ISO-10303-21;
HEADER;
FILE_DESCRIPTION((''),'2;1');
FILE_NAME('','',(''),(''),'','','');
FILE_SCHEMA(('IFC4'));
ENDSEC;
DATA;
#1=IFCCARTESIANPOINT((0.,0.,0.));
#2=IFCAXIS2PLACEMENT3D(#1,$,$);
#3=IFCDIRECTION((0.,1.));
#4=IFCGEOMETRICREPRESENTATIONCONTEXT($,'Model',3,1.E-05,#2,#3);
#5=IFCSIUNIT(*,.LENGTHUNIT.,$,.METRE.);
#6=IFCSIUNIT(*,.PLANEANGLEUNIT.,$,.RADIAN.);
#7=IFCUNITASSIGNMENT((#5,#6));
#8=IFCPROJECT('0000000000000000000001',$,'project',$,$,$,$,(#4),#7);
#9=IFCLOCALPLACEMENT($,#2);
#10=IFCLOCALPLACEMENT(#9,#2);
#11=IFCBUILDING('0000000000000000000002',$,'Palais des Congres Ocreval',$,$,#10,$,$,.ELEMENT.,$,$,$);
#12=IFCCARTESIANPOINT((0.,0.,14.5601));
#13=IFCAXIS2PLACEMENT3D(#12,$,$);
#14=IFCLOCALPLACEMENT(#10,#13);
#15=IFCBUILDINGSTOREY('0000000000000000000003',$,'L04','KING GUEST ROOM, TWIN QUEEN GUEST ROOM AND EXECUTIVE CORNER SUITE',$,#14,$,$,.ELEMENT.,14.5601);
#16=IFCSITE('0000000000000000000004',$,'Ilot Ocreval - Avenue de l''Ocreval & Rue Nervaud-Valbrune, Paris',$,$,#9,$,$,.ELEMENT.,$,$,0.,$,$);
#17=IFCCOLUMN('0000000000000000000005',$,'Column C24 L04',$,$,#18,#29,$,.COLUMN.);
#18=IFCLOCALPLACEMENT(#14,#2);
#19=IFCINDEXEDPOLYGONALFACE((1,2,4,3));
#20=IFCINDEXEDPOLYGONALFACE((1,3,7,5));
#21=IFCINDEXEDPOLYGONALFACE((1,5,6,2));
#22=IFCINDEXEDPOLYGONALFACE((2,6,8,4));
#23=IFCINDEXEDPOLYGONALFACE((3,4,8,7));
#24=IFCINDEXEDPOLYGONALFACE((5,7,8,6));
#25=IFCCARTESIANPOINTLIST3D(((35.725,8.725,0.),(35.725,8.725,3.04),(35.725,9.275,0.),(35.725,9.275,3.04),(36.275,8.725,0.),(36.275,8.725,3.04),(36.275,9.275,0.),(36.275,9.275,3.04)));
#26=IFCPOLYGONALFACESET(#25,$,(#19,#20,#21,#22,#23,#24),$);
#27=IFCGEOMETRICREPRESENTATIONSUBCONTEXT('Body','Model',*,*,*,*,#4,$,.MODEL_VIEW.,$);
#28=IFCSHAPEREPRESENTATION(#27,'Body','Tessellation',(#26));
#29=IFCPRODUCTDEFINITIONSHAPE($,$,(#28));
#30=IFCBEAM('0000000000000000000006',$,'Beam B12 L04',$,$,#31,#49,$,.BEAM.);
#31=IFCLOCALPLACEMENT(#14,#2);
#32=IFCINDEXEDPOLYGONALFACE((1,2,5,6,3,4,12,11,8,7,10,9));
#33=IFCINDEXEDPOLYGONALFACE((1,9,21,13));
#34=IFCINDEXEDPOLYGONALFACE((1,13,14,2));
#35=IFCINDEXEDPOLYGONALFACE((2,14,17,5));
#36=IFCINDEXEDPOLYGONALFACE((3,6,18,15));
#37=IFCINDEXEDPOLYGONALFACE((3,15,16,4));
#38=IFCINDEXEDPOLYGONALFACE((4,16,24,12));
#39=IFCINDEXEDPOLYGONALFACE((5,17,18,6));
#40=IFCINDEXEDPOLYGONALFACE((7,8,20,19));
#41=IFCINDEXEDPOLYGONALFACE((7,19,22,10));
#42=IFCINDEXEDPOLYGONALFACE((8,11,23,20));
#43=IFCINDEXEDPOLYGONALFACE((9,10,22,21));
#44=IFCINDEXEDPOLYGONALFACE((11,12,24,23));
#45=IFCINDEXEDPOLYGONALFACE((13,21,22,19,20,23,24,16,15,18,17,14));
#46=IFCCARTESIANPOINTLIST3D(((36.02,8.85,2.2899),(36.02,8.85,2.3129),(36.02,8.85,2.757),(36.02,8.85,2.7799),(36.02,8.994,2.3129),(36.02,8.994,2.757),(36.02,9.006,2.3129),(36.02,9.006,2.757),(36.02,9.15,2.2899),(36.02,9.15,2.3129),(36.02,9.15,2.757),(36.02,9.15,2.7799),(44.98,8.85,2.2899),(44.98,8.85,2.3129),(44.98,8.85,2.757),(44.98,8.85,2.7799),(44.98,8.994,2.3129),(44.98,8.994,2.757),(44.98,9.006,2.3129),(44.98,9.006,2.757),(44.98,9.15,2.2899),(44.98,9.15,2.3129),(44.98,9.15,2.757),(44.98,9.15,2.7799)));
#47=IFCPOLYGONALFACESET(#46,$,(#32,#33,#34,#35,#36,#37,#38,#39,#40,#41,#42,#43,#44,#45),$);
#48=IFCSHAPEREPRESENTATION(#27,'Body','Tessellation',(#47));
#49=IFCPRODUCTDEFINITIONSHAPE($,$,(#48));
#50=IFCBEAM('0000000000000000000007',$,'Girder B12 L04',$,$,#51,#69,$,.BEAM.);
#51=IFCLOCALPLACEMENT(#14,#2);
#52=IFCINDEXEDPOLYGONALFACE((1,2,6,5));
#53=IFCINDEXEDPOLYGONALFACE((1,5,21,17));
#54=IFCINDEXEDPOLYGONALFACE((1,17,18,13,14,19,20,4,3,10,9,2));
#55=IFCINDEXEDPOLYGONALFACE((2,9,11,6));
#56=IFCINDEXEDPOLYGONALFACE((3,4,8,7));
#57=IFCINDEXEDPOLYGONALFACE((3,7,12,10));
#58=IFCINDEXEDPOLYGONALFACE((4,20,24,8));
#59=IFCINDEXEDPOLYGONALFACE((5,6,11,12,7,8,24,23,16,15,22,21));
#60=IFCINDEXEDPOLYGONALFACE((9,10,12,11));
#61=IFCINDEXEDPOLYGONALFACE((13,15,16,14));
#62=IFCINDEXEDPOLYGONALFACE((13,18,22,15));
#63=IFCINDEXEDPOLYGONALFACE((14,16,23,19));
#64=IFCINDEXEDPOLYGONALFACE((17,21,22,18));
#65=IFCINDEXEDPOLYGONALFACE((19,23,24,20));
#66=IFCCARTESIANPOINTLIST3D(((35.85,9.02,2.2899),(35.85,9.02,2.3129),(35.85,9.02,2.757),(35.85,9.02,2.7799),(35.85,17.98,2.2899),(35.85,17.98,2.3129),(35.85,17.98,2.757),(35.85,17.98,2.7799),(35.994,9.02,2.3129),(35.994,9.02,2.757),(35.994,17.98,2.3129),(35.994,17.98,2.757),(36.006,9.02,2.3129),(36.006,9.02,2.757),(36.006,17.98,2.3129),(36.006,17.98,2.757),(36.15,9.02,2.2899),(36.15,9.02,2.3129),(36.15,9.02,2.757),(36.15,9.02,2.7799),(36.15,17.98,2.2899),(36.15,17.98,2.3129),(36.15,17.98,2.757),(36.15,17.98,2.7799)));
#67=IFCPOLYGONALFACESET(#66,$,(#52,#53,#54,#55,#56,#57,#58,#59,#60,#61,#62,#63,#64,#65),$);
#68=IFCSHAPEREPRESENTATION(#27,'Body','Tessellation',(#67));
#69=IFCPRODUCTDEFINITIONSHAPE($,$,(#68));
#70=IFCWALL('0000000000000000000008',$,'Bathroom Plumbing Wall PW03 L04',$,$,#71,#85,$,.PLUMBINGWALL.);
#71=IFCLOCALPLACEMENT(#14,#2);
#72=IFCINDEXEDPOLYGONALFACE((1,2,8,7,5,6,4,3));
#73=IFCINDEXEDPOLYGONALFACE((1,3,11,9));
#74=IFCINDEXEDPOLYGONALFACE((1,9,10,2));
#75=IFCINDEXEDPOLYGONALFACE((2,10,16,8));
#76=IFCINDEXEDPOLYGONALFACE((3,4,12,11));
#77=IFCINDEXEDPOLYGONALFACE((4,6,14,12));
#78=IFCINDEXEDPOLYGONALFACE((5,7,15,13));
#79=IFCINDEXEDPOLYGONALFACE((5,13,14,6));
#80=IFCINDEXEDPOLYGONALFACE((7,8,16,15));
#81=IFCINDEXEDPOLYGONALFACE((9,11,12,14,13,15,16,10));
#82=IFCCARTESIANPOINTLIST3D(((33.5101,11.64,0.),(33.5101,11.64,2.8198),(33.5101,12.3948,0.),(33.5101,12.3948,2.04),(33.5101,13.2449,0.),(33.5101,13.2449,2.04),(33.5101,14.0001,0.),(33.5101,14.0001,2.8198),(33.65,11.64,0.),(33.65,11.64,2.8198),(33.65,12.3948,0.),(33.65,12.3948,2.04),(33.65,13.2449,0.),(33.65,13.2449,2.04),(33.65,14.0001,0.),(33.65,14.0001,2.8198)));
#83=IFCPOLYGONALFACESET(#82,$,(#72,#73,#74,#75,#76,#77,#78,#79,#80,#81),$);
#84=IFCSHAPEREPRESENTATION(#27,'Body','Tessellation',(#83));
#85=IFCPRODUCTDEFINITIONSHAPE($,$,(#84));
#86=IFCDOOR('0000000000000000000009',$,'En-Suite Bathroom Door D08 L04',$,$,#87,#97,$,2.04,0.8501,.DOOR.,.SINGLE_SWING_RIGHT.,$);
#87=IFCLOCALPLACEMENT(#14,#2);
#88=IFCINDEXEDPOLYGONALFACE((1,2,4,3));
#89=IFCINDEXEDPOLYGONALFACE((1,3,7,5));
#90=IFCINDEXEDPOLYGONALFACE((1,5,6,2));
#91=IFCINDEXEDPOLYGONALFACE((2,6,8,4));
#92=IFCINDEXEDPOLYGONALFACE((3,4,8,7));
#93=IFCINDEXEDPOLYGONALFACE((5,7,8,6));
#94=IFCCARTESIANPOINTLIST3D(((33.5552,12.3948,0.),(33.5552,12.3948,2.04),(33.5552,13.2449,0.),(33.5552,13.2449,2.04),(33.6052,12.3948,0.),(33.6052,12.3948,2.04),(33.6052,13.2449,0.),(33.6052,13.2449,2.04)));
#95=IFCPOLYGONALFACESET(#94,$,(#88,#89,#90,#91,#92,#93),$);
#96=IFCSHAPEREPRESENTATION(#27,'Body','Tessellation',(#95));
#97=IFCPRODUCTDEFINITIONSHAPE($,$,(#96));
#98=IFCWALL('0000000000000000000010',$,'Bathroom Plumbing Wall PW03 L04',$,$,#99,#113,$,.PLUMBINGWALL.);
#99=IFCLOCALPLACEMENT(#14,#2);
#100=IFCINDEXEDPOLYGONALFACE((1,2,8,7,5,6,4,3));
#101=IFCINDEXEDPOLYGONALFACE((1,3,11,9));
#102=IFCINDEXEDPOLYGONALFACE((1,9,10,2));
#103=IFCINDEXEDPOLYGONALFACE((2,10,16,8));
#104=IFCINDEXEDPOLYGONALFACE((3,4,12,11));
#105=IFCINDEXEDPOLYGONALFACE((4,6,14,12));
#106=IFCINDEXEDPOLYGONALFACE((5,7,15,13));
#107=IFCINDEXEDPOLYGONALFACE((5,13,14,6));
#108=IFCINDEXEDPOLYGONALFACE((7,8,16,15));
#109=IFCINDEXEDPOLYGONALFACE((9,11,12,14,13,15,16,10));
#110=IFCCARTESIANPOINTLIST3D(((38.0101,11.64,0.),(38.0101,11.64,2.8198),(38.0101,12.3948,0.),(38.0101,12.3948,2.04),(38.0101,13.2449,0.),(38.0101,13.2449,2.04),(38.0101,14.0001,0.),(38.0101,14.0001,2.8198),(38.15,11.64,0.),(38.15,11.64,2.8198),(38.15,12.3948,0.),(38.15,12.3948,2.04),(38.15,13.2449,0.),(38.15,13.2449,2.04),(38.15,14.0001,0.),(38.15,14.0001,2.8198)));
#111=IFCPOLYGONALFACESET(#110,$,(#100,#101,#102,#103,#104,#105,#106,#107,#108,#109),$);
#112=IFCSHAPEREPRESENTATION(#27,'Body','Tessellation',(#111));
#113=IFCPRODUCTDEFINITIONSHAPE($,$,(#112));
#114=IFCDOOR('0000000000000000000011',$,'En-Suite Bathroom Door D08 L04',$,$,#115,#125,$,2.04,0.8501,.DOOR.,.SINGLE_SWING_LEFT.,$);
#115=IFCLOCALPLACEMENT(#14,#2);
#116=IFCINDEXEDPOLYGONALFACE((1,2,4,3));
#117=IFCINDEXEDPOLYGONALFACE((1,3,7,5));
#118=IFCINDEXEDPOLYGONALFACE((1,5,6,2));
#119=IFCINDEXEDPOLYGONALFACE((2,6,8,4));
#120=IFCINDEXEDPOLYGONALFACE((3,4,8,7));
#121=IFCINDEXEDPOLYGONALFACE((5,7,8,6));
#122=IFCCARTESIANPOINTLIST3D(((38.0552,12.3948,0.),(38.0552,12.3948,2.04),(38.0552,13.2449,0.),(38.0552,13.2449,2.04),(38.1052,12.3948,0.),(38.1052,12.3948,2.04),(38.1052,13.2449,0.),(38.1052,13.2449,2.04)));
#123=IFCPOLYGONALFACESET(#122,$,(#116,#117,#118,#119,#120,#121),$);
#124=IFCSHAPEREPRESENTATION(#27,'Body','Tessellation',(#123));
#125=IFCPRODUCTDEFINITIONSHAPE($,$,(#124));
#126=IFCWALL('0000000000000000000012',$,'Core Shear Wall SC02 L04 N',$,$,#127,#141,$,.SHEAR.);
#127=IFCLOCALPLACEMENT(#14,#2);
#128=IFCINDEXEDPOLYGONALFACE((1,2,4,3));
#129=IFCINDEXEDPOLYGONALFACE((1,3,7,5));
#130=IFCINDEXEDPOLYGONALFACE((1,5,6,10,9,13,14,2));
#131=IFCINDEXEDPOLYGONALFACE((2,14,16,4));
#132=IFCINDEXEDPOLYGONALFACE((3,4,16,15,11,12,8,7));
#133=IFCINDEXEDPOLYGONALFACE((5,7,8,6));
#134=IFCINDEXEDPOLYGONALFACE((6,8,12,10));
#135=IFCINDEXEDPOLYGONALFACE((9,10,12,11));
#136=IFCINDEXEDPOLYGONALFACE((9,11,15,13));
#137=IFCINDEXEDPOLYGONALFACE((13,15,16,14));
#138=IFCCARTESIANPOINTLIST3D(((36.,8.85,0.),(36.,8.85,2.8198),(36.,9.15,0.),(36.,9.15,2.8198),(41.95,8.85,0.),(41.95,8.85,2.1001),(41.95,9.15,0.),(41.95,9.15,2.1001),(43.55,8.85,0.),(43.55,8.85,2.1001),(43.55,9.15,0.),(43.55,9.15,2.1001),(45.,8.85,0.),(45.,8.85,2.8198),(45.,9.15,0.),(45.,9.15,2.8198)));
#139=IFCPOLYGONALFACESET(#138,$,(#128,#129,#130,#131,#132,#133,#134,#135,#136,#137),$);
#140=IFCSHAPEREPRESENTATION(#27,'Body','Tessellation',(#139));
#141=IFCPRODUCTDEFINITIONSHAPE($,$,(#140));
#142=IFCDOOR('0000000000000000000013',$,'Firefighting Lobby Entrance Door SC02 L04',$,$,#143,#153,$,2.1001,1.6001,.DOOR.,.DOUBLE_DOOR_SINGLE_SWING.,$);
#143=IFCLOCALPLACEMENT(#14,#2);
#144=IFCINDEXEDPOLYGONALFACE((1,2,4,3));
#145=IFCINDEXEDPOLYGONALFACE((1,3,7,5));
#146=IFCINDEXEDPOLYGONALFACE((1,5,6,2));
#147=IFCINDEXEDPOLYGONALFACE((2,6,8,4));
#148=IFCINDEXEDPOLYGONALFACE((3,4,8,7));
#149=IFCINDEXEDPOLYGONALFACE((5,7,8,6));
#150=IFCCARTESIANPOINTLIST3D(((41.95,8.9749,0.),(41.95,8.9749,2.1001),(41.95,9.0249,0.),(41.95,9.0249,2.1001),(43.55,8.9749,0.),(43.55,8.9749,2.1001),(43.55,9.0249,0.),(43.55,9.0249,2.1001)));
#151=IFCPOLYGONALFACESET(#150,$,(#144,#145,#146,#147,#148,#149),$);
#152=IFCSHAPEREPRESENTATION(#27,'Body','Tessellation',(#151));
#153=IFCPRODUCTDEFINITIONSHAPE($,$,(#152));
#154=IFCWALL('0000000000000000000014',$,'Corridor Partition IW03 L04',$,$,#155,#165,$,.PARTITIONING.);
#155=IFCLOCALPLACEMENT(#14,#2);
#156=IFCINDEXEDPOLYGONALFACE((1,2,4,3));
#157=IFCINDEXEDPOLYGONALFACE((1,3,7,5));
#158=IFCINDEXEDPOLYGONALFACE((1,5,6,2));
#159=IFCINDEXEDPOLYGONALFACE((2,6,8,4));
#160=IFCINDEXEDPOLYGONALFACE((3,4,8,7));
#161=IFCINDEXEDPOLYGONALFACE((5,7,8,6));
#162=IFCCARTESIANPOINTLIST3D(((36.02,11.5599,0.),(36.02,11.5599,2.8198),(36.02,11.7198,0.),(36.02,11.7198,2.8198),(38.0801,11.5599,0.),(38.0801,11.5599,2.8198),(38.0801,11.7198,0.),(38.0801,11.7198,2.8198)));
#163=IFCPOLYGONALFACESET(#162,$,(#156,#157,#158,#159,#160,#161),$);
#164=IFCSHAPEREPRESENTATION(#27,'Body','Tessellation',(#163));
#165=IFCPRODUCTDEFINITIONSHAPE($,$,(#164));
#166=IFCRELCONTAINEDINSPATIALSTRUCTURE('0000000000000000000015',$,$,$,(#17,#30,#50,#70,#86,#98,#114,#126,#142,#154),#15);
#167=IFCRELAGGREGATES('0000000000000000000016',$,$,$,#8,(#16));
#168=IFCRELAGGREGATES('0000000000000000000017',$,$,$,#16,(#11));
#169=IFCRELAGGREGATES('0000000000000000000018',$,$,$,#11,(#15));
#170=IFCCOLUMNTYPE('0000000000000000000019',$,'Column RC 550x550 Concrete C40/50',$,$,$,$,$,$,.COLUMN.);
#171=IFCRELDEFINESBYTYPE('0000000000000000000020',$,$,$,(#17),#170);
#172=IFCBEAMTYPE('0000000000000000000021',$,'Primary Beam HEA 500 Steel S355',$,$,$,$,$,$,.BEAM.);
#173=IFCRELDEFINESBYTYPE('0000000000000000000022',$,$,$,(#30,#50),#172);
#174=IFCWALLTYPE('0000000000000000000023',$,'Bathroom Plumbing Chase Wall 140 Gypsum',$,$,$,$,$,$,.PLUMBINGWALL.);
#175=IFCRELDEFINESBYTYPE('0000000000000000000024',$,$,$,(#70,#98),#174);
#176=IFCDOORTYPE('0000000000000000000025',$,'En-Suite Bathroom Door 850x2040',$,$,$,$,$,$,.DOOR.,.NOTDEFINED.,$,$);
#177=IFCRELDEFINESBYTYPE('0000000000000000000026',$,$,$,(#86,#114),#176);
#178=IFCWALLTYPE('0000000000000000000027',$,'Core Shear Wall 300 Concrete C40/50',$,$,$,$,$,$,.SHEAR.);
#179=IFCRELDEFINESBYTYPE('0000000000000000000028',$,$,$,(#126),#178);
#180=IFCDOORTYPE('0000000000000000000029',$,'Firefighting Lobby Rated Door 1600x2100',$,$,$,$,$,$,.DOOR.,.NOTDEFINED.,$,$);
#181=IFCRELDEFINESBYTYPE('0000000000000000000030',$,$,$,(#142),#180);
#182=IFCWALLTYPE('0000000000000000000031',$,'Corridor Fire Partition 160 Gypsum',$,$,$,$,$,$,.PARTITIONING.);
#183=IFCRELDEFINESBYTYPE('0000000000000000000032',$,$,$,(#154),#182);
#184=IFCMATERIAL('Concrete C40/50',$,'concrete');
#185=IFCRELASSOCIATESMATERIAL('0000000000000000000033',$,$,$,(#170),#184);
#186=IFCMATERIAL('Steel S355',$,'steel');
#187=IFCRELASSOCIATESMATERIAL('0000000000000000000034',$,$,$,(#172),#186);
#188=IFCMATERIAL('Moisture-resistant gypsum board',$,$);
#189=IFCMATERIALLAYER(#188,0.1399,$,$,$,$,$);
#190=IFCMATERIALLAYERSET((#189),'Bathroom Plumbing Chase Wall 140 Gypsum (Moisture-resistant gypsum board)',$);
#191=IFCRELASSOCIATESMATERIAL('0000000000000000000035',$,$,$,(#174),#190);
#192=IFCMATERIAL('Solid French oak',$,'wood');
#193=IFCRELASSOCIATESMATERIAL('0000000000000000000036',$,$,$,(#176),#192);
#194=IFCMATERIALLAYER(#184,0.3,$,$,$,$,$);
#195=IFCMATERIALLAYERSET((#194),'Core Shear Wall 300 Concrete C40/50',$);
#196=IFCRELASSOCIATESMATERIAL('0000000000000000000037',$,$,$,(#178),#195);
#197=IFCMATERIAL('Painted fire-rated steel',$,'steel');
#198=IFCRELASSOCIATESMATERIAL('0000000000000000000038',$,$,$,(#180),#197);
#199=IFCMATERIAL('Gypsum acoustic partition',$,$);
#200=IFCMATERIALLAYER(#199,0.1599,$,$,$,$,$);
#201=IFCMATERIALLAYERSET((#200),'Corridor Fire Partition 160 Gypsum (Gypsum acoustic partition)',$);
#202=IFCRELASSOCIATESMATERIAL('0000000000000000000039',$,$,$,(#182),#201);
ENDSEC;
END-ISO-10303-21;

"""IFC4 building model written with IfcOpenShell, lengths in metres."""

from ifc_helpers import new_model, si_unit, direction, frame, frame_2d, origin, origin_2d, place, context, subcontext, project, spatial, rectangle, i_section, extrude, material, layer, layer_set, material_profile, profile_set, type_object, element, fill, save


model = new_model("IFC4")

# Units and contexts
model_context = context("Model", 3, precision=1e-05, world=origin(), true_north=direction((0.0, 1.0)))
body_context = subcontext(model_context, "Body", "Model", "MODEL_VIEW")
ifc_project = project(units=[si_unit("LENGTHUNIT", "METRE"), si_unit("PLANEANGLEUNIT", "RADIAN")], contexts=[model_context])

# Site, building, storey
site_placement = place(None, origin())
site = spatial("IfcSite", under=ifc_project, at=site_placement, Name="Ilot Ocreval - Avenue de l'Ocreval & Rue Nervaud-Valbrune, Paris", CompositionType="ELEMENT", RefElevation=0.0)
building_placement = place(site_placement, origin())
building = spatial("IfcBuilding", under=site, at=building_placement, Name="Palais des Congres Ocreval", CompositionType="ELEMENT")
storey_placement = place(building_placement, frame((0.0, 0.0, 14.5601)))
storey = spatial("IfcBuildingStorey", under=building, at=storey_placement, Name="L04", Description="KING GUEST ROOM, TWIN QUEEN GUEST ROOM AND EXECUTIVE CORNER SUITE", CompositionType="ELEMENT", Elevation=14.5601)

# Column
ifc_material_1 = material(Name="Concrete C40/50", Category="concrete")
ifc_material_profile_1 = material_profile(ifc_material_1, rectangle(XDim=0.55, YDim=0.55, at=origin_2d()), Name="RC 550x550")
ifc_profile_set_1 = profile_set([ifc_material_profile_1], Name="Concrete C40/50")
column_type = type_object("IfcColumnType", Name="Column RC 550x550 Concrete C40/50", PredefinedType="COLUMN", material=ifc_profile_set_1)
column_placement = place(storey_placement, frame((36.0, 9.0, 0.0), z_axis=(0.0, 0.0, 1.0), x_axis=(1.0, 0.0, 0.0)))
element("IfcColumn", 1, at=column_placement, inside=storey, type_object=column_type, Name="Column C24 L04", PredefinedType="COLUMN", context=body_context, shape_type="SweptSolid", body=[
    extrude(rectangle(XDim=0.55, YDim=0.55, at=origin_2d()), origin(), (0.0, 0.0, 1.0), 3.04),
])

# Beams
ifc_material_2 = material(Name="Steel S355", Category="steel")
ifc_material_profile_2 = material_profile(ifc_material_2, i_section(OverallWidth=0.3, OverallDepth=0.49, WebThickness=0.012, FlangeThickness=0.0229, at=origin_2d()), Name="HEA 500")
ifc_profile_set_2 = profile_set([ifc_material_profile_2], Name="Steel S355")
beam_type = type_object("IfcBeamType", Name="Primary Beam HEA 500 Steel S355", PredefinedType="BEAM", material=ifc_profile_set_2)
for number, where, z_axis, x_axis, name in (
    (2, (36.02, 9.0, 2.5349), (1.0, 0.0, 0.0), (0.0, 1.0, 0.0), "Beam B12 L04"),
    (3, (36.0, 9.02, 2.5349), (0.0, 1.0, 0.0), (-1.0, 0.0, 0.0), "Girder B12 L04"),
):
    element("IfcBeam", number, at=place(storey_placement, frame(where, z_axis=z_axis, x_axis=x_axis)), inside=storey, type_object=beam_type, Name=name, PredefinedType="BEAM", context=body_context, shape_type="SweptSolid", body=[
        extrude(i_section(OverallWidth=0.3, OverallDepth=0.49, WebThickness=0.012, FlangeThickness=0.0229, at=origin_2d()), origin(), (0.0, 0.0, 1.0), 8.96),
    ])

# Walls, openings, doors
ifc_material_3 = material(Name="Moisture-resistant gypsum board")
ifc_layer_1 = layer(ifc_material_3, 0.1399)
ifc_layer_set_1 = layer_set([ifc_layer_1], Name="Bathroom Plumbing Chase Wall 140 Gypsum (Moisture-resistant gypsum board)")
wall_type_1 = type_object("IfcWallType", Name="Bathroom Plumbing Chase Wall 140 Gypsum", PredefinedType="PLUMBINGWALL", material=ifc_layer_set_1)
wall_1_placement = place(storey_placement, frame((33.5801, 11.6399, 0.0), z_axis=(0.0, 0.0, 1.0), x_axis=(0.0, 1.0, 0.0)))
wall_1 = element("IfcWall", 4, at=wall_1_placement, inside=storey, type_object=wall_type_1, Name="Bathroom Plumbing Wall PW03 L04", PredefinedType="PLUMBINGWALL", context=body_context, shape_type="SweptSolid", body=[
    extrude(rectangle(XDim=2.3601, YDim=0.1399, at=frame_2d((1.1802, 0.0))), origin(), (0.0, 0.0, 1.0), 2.8198),
])
opening_1_placement = place(wall_1_placement, frame((0.7549, 0.0, 0.0)))
opening_1 = element("IfcOpeningElement", 5, at=opening_1_placement, cuts=wall_1, PredefinedType="OPENING", context=body_context, shape_type="SweptSolid", body=[
    extrude(rectangle(XDim=0.8501, YDim=2.04, at=frame_2d((0.425, 1.02))), frame((0.0, 0.0798, 0.0), z_axis=(0.0, -1.0, 0.0), x_axis=(1.0, 0.0, 0.0)), (0.0, 0.0, 1.0), 0.1599),
])
ifc_material_4 = material(Name="Solid French oak", Category="wood")
door_type_1 = type_object("IfcDoorType", Name="En-Suite Bathroom Door 850x2040", OperationType="NOTDEFINED", PredefinedType="DOOR", material=ifc_material_4)
door_1_placement = place(opening_1_placement, origin())
door_1 = element("IfcDoor", 6, at=door_1_placement, inside=storey, type_object=door_type_1, Name="En-Suite Bathroom Door D08 L04", OperationType="SINGLE_SWING_RIGHT", OverallHeight=2.04, OverallWidth=0.8501, PredefinedType="DOOR", context=body_context, shape_type="SweptSolid", body=[
    extrude(rectangle(XDim=0.8501, YDim=2.04, at=frame_2d((0.425, 1.02))), frame((0.0, 0.0249, 0.0), z_axis=(0.0, -1.0, 0.0), x_axis=(1.0, 0.0, 0.0)), (0.0, 0.0, 1.0), 0.05),
])
fill(opening_1, door_1)
wall_2_placement = place(storey_placement, frame((38.0801, 11.6399, 0.0), z_axis=(0.0, 0.0, 1.0), x_axis=(0.0, 1.0, 0.0)))
wall_2 = element("IfcWall", 7, at=wall_2_placement, inside=storey, type_object=wall_type_1, Name="Bathroom Plumbing Wall PW03 L04", PredefinedType="PLUMBINGWALL", context=body_context, shape_type="SweptSolid", body=[
    extrude(rectangle(XDim=2.3601, YDim=0.1399, at=frame_2d((1.1802, 0.0))), origin(), (0.0, 0.0, 1.0), 2.8198),
])
opening_2_placement = place(wall_2_placement, frame((0.7549, 0.0, 0.0)))
opening_2 = element("IfcOpeningElement", 8, at=opening_2_placement, cuts=wall_2, PredefinedType="OPENING", context=body_context, shape_type="SweptSolid", body=[
    extrude(rectangle(XDim=0.8501, YDim=2.04, at=frame_2d((0.425, 1.02))), frame((0.0, 0.0798, 0.0), z_axis=(0.0, -1.0, 0.0), x_axis=(1.0, 0.0, 0.0)), (0.0, 0.0, 1.0), 0.1599),
])
door_2_placement = place(opening_2_placement, origin())
door_2 = element("IfcDoor", 9, at=door_2_placement, inside=storey, type_object=door_type_1, Name="En-Suite Bathroom Door D08 L04", OperationType="SINGLE_SWING_LEFT", OverallHeight=2.04, OverallWidth=0.8501, PredefinedType="DOOR", context=body_context, shape_type="SweptSolid", body=[
    extrude(rectangle(XDim=0.8501, YDim=2.04, at=frame_2d((0.425, 1.02))), frame((0.0, 0.0249, 0.0), z_axis=(0.0, -1.0, 0.0), x_axis=(1.0, 0.0, 0.0)), (0.0, 0.0, 1.0), 0.05),
])
fill(opening_2, door_2)
ifc_layer_2 = layer(ifc_material_1, 0.3)
ifc_layer_set_2 = layer_set([ifc_layer_2], Name="Core Shear Wall 300 Concrete C40/50")
wall_type_2 = type_object("IfcWallType", Name="Core Shear Wall 300 Concrete C40/50", PredefinedType="SHEAR", material=ifc_layer_set_2)
wall_3_placement = place(storey_placement, frame((36.0, 9.0, 0.0), z_axis=(0.0, 0.0, 1.0), x_axis=(1.0, 0.0, 0.0)))
wall_3 = element("IfcWall", 10, at=wall_3_placement, inside=storey, type_object=wall_type_2, Name="Core Shear Wall SC02 L04 N", PredefinedType="SHEAR", context=body_context, shape_type="SweptSolid", body=[
    extrude(rectangle(XDim=9.0, YDim=0.3, at=frame_2d((4.5, 0.0))), origin(), (0.0, 0.0, 1.0), 2.8198),
])
opening_3_placement = place(wall_3_placement, frame((5.95, 0.0, 0.0)))
opening_3 = element("IfcOpeningElement", 11, at=opening_3_placement, cuts=wall_3, PredefinedType="OPENING", context=body_context, shape_type="SweptSolid", body=[
    extrude(rectangle(XDim=1.6001, YDim=2.1001, at=frame_2d((0.8, 1.05))), frame((0.0, 0.1599, 0.0), z_axis=(0.0, -1.0, 0.0), x_axis=(1.0, 0.0, 0.0)), (0.0, 0.0, 1.0), 0.3201),
])
ifc_material_5 = material(Name="Painted fire-rated steel", Category="steel")
door_type_2 = type_object("IfcDoorType", Name="Firefighting Lobby Rated Door 1600x2100", OperationType="NOTDEFINED", PredefinedType="DOOR", material=ifc_material_5)
door_3_placement = place(opening_3_placement, origin())
door_3 = element("IfcDoor", 12, at=door_3_placement, inside=storey, type_object=door_type_2, Name="Firefighting Lobby Entrance Door SC02 L04", OperationType="DOUBLE_DOOR_SINGLE_SWING", OverallHeight=2.1001, OverallWidth=1.6001, PredefinedType="DOOR", context=body_context, shape_type="SweptSolid", body=[
    extrude(rectangle(XDim=1.6001, YDim=2.1001, at=frame_2d((0.8, 1.05))), frame((0.0, 0.0249, 0.0), z_axis=(0.0, -1.0, 0.0), x_axis=(1.0, 0.0, 0.0)), (0.0, 0.0, 1.0), 0.05),
])
fill(opening_3, door_3)

# Wall
ifc_material_6 = material(Name="Gypsum acoustic partition")
ifc_layer_3 = layer(ifc_material_6, 0.1599)
ifc_layer_set_3 = layer_set([ifc_layer_3], Name="Corridor Fire Partition 160 Gypsum (Gypsum acoustic partition)")
wall_type_3 = type_object("IfcWallType", Name="Corridor Fire Partition 160 Gypsum", PredefinedType="PARTITIONING", material=ifc_layer_set_3)
wall_4_placement = place(storey_placement, frame((36.02, 11.6399, 0.0), z_axis=(0.0, 0.0, 1.0), x_axis=(1.0, 0.0, 0.0)))
element("IfcWall", 13, at=wall_4_placement, inside=storey, type_object=wall_type_3, Name="Corridor Partition IW03 L04", PredefinedType="PARTITIONING", context=body_context, shape_type="SweptSolid", body=[
    extrude(rectangle(XDim=2.0601, YDim=0.1599, at=frame_2d((1.03, 0.0))), origin(), (0.0, 0.0, 1.0), 2.8198),
])

save(model, "model.ifc")
